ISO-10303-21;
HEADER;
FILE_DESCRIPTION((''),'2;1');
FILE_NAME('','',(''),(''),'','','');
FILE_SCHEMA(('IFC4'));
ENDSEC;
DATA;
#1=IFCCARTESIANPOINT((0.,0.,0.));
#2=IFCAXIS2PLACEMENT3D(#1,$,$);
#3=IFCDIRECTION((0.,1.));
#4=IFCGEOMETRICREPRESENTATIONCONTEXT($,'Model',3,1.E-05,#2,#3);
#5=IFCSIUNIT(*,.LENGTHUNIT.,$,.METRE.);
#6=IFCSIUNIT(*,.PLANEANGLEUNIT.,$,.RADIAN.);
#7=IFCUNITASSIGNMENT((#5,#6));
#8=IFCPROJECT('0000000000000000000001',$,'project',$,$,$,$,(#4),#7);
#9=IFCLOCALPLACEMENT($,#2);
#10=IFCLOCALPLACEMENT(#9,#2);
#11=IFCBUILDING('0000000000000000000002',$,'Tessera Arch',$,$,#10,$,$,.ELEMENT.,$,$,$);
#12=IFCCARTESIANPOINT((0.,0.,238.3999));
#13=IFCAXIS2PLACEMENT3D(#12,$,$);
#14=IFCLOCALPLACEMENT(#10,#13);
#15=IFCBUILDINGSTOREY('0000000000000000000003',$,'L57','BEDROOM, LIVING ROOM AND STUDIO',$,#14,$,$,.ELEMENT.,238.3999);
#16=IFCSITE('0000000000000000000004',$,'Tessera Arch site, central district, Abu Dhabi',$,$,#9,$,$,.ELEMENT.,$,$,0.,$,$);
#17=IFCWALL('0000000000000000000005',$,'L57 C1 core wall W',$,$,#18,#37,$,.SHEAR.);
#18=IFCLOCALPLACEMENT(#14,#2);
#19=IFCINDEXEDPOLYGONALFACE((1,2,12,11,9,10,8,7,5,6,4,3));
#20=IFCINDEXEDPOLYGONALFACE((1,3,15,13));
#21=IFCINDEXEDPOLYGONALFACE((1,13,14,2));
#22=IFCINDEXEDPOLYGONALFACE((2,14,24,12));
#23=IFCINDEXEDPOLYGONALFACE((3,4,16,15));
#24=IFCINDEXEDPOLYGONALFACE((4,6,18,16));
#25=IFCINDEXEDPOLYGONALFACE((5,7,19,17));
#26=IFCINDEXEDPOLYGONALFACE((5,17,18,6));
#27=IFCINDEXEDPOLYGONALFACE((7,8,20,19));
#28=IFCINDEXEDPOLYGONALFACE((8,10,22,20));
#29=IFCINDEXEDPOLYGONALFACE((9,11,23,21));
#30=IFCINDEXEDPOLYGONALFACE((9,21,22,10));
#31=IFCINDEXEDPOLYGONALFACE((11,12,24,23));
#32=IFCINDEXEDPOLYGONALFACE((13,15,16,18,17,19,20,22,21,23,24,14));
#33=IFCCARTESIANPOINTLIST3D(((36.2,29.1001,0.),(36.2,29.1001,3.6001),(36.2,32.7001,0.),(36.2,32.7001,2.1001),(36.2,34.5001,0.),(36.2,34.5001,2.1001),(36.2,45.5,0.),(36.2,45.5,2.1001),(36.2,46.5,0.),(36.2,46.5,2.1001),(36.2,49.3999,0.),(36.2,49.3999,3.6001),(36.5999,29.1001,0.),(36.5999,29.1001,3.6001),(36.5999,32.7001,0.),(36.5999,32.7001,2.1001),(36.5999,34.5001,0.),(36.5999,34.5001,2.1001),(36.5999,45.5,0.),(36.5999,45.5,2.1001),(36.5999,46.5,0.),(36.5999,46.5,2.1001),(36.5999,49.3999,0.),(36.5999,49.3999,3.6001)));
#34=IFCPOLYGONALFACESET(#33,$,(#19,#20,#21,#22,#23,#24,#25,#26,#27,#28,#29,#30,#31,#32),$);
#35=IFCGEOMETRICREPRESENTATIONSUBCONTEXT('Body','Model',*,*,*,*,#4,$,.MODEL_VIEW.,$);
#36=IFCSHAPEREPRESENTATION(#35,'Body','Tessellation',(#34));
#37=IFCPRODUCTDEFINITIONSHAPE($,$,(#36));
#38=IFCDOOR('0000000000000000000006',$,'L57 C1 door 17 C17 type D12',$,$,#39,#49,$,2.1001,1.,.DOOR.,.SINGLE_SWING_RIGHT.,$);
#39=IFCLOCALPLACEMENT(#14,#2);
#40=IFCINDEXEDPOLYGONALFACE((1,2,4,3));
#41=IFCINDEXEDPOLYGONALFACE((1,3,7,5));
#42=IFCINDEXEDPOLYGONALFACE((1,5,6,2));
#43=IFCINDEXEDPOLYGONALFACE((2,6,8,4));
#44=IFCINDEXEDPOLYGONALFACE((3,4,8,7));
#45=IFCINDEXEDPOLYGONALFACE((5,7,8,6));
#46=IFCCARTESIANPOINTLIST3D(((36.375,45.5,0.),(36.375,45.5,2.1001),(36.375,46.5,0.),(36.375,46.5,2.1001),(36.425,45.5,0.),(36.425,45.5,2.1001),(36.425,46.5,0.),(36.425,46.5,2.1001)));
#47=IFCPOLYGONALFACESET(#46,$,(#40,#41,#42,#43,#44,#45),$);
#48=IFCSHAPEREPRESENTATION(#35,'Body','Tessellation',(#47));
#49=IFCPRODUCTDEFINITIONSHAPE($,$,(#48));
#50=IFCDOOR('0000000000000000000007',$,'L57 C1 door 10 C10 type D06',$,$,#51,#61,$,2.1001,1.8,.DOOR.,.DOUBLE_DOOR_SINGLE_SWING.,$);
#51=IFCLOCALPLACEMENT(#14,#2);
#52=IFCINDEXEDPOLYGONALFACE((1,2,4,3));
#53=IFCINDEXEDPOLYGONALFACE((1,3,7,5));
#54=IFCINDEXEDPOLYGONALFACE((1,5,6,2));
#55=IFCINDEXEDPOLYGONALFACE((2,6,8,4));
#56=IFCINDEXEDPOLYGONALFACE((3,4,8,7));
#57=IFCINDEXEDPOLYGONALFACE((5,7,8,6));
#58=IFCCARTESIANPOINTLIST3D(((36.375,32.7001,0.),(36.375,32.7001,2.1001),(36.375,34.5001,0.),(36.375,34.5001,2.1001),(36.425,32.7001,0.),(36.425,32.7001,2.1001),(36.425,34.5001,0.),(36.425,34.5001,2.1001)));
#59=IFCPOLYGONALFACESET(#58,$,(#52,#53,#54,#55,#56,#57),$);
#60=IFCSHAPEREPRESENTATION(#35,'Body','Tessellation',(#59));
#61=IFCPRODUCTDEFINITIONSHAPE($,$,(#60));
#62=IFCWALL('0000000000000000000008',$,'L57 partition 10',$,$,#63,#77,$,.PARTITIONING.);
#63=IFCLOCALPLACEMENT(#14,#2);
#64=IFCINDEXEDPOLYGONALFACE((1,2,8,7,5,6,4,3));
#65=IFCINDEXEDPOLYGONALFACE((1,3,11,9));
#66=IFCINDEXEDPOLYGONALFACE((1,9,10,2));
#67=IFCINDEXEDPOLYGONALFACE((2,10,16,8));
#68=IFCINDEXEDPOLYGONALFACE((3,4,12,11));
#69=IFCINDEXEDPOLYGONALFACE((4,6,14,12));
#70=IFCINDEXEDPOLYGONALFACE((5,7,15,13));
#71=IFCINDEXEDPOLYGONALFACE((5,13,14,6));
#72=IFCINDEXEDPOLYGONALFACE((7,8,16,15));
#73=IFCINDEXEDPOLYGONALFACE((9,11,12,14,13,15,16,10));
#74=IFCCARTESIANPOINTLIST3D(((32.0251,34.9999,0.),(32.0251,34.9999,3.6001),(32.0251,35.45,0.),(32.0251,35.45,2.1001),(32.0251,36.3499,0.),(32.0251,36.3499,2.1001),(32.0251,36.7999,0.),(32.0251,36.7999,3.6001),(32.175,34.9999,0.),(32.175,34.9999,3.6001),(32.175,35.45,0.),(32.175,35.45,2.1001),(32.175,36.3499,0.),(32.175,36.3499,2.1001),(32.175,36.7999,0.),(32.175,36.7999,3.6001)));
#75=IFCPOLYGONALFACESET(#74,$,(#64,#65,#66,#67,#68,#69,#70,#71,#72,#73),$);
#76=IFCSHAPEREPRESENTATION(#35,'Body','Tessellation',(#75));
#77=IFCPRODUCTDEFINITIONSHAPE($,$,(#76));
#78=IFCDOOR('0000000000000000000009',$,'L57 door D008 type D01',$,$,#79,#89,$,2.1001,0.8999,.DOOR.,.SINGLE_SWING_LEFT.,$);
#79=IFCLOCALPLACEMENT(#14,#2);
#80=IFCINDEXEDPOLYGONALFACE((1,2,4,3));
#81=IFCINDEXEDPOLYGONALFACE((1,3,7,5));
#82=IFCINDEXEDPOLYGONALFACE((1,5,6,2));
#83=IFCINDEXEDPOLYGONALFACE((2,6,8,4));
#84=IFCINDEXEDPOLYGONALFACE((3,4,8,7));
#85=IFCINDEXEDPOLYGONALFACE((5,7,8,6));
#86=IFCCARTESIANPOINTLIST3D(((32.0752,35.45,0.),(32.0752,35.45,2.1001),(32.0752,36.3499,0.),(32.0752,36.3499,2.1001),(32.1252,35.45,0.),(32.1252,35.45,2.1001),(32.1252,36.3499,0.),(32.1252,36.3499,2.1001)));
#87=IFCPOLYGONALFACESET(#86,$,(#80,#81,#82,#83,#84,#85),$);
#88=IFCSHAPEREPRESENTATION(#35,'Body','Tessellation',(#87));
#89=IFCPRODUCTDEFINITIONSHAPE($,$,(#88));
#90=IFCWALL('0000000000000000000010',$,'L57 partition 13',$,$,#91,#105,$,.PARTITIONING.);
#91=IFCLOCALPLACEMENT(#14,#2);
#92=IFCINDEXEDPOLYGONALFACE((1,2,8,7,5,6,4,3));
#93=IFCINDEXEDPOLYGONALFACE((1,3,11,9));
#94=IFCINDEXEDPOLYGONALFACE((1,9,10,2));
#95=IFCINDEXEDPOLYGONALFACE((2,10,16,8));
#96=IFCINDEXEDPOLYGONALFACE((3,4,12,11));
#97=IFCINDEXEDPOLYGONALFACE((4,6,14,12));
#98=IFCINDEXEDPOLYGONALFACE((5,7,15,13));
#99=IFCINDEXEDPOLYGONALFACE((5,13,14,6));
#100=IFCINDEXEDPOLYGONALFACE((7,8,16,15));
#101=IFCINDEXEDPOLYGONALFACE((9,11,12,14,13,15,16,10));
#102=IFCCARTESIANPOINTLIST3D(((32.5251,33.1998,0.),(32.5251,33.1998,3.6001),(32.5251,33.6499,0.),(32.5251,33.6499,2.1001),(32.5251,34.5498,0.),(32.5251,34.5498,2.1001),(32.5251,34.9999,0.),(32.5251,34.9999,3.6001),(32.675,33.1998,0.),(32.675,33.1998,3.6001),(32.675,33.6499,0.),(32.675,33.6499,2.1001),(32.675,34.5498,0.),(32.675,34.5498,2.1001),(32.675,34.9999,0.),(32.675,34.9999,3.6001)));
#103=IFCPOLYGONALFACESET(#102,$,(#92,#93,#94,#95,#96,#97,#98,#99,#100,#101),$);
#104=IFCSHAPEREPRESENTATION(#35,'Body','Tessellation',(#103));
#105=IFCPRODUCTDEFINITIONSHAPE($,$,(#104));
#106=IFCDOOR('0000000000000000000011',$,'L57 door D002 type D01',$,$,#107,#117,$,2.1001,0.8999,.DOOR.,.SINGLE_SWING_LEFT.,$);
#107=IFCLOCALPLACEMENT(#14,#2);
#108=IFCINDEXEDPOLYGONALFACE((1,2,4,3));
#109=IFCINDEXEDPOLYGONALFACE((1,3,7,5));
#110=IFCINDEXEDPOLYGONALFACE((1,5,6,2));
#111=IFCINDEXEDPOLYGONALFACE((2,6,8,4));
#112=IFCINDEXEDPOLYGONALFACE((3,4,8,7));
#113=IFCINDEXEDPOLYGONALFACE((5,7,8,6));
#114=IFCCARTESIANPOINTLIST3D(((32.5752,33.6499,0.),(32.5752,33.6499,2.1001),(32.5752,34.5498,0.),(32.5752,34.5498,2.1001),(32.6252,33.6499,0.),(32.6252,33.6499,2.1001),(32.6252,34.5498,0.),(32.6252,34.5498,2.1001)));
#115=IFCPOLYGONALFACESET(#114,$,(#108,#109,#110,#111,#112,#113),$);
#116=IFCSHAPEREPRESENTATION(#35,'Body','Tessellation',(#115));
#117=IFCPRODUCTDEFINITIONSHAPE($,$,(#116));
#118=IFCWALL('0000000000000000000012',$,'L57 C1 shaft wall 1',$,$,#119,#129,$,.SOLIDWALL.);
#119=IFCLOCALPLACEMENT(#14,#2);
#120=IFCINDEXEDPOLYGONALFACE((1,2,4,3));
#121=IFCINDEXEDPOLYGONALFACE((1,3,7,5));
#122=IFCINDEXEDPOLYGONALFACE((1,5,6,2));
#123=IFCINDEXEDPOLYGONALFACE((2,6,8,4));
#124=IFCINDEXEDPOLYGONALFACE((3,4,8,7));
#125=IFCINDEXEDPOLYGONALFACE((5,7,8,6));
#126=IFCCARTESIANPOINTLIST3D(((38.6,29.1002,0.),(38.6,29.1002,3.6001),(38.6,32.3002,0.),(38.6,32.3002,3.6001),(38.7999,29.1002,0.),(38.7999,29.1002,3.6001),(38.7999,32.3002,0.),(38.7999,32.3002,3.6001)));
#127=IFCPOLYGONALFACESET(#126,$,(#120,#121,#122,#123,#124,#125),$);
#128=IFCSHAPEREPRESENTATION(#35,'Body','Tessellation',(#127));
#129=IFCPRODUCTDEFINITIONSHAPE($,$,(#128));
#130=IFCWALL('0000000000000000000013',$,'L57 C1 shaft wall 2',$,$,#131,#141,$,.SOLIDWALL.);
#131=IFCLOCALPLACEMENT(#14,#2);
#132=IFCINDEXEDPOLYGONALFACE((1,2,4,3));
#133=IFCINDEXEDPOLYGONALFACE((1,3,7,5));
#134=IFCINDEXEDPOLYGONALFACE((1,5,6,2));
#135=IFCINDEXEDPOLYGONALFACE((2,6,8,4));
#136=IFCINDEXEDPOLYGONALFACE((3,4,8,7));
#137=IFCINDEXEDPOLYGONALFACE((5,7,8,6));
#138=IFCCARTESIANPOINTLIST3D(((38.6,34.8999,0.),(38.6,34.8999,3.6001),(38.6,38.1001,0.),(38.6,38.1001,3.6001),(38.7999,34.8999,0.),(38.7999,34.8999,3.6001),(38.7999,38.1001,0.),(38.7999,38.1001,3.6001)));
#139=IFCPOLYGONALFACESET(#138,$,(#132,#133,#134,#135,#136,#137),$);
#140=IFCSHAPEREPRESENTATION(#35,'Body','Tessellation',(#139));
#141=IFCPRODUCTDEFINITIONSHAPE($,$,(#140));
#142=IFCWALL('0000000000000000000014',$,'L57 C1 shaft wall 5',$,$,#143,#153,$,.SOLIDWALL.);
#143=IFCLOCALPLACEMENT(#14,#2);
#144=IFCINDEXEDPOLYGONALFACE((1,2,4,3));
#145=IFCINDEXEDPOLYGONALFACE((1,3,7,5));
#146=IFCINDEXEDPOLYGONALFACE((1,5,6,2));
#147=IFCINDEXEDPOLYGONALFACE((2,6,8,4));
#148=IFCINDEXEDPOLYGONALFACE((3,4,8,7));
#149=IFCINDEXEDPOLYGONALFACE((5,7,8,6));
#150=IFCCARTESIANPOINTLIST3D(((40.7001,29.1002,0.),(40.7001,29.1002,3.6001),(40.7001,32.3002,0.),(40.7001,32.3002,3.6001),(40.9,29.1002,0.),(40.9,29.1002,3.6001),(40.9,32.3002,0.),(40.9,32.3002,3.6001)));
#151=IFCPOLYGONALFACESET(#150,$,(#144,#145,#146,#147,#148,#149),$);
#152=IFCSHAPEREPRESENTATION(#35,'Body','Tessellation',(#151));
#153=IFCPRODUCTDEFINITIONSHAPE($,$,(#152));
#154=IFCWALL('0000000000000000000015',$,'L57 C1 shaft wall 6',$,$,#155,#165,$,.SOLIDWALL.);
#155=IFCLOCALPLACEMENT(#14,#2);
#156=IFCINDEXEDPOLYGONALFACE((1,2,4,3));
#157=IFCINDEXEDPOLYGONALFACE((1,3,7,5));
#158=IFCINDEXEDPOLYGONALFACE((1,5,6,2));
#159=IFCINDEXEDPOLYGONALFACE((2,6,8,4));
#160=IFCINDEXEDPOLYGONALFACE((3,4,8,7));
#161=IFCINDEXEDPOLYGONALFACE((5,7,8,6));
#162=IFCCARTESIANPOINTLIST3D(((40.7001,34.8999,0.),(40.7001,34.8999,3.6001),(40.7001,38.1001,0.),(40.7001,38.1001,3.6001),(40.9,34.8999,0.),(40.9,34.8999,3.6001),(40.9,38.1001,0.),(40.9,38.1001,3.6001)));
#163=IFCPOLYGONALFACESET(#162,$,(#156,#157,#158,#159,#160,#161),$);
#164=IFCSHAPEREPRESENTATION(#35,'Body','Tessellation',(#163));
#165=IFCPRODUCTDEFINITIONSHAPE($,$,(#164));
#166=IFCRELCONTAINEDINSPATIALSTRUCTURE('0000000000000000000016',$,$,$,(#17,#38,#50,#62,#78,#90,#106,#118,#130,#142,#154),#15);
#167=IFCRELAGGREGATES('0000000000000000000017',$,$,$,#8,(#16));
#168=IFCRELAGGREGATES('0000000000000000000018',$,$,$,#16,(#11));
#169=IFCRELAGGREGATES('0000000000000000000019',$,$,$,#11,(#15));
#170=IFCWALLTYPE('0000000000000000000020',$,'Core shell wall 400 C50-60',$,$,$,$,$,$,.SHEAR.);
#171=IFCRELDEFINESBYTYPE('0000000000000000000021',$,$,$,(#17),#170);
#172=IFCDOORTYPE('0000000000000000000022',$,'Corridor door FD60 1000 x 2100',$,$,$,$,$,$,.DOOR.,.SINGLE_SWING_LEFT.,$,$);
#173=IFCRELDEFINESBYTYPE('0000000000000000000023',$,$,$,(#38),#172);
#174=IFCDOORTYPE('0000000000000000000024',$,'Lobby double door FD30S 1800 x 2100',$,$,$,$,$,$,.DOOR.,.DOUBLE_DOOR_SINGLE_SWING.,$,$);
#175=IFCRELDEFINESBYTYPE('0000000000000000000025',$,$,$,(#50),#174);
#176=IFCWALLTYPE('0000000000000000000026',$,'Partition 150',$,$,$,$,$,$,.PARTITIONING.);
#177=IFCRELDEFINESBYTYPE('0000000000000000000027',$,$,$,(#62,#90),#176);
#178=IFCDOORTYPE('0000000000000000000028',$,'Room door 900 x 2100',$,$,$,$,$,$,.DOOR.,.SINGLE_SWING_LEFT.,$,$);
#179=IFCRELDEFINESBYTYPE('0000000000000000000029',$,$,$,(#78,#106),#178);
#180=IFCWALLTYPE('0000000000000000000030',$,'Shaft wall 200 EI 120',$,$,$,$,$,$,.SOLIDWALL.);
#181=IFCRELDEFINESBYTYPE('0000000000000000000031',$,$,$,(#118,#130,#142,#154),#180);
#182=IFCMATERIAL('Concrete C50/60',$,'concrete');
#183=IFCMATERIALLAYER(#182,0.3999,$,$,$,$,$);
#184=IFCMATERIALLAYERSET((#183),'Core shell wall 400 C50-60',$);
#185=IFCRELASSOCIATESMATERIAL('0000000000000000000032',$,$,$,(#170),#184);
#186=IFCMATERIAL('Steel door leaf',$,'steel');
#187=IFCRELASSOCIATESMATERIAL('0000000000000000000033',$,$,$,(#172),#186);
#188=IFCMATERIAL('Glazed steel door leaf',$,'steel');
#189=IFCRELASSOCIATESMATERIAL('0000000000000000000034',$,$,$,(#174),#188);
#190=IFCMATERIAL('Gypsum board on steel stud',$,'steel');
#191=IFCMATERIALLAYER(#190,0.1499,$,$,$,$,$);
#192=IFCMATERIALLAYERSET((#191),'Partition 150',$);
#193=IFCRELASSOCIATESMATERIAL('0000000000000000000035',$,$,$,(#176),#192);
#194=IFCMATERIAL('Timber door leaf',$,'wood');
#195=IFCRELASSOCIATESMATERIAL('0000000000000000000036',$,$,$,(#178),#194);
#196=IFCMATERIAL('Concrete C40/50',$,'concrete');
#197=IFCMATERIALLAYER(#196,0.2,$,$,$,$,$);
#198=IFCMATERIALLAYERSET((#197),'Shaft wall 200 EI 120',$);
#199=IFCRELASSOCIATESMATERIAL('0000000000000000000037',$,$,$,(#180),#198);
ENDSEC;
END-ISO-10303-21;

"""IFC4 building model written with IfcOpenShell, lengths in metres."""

from ifc_helpers import new_model, si_unit, direction, frame, frame_2d, origin, place, context, subcontext, project, spatial, rectangle, extrude, material, layer, layer_set, type_object, element, fill, save


model = new_model("IFC4")

# Units and contexts
model_context = context("Model", 3, precision=1e-05, world=origin(), true_north=direction((0.0, 1.0)))
body_context = subcontext(model_context, "Body", "Model", "MODEL_VIEW")
ifc_project = project(units=[si_unit("LENGTHUNIT", "METRE"), si_unit("PLANEANGLEUNIT", "RADIAN")], contexts=[model_context])

# Site, building, storey
site_placement = place(None, origin())
site = spatial("IfcSite", under=ifc_project, at=site_placement, Name="Tessera Arch site, central district, Abu Dhabi", CompositionType="ELEMENT", RefElevation=0.0)
building_placement = place(site_placement, origin())
building = spatial("IfcBuilding", under=site, at=building_placement, Name="Tessera Arch", CompositionType="ELEMENT")
storey_placement = place(building_placement, frame((0.0, 0.0, 238.3999)))
storey = spatial("IfcBuildingStorey", under=building, at=storey_placement, Name="L57", Description="BEDROOM, LIVING ROOM AND STUDIO", CompositionType="ELEMENT", Elevation=238.3999)

# Wall, openings, doors
ifc_material_1 = material(Name="Concrete C50/60", Category="concrete")
ifc_layer_1 = layer(ifc_material_1, 0.3999)
ifc_layer_set_1 = layer_set([ifc_layer_1], Name="Core shell wall 400 C50-60")
wall_type_1 = type_object("IfcWallType", Name="Core shell wall 400 C50-60", PredefinedType="SHEAR", material=ifc_layer_set_1)
wall_1_placement = place(storey_placement, frame((36.3999, 29.1001, 0.0), z_axis=(0.0, 0.0, 1.0), x_axis=(0.0, 1.0, 0.0)))
wall_1 = element("IfcWall", 1, at=wall_1_placement, inside=storey, type_object=wall_type_1, Name="L57 C1 core wall W", PredefinedType="SHEAR", context=body_context, shape_type="SweptSolid", body=[
    extrude(rectangle(XDim=20.2998, YDim=0.3999, at=frame_2d((10.1499, 0.0))), origin(), (0.0, 0.0, 1.0), 3.6001),
])
opening_1_placement = place(wall_1_placement, frame((3.6001, 0.0, 0.0)))
opening_1 = element("IfcOpeningElement", 2, at=opening_1_placement, cuts=wall_1, PredefinedType="OPENING", context=body_context, shape_type="SweptSolid", body=[
    extrude(rectangle(XDim=1.8, YDim=2.1001, at=frame_2d((0.8999, 1.05))), frame((0.0, 0.21, 0.0), z_axis=(0.0, -1.0, 0.0), x_axis=(1.0, 0.0, 0.0)), (0.0, 0.0, 1.0), 0.4199),
])
opening_2_placement = place(wall_1_placement, frame((16.3999, 0.0, 0.0)))
opening_2 = element("IfcOpeningElement", 3, at=opening_2_placement, cuts=wall_1, PredefinedType="OPENING", context=body_context, shape_type="SweptSolid", body=[
    extrude(rectangle(XDim=1.0, YDim=2.1001, at=frame_2d((0.5, 1.05))), frame((0.0, 0.21, 0.0), z_axis=(0.0, -1.0, 0.0), x_axis=(1.0, 0.0, 0.0)), (0.0, 0.0, 1.0), 0.4199),
])
ifc_material_2 = material(Name="Steel door leaf", Category="steel")
door_type_1 = type_object("IfcDoorType", Name="Corridor door FD60 1000 x 2100", OperationType="SINGLE_SWING_LEFT", PredefinedType="DOOR", material=ifc_material_2)
door_1_placement = place(opening_2_placement, origin())
door_1 = element("IfcDoor", 4, at=door_1_placement, inside=storey, type_object=door_type_1, Name="L57 C1 door 17 C17 type D12", OperationType="SINGLE_SWING_RIGHT", OverallHeight=2.1001, OverallWidth=1.0, PredefinedType="DOOR", context=body_context, shape_type="SweptSolid", body=[
    extrude(rectangle(XDim=1.0, YDim=2.1001, at=frame_2d((0.5, 1.05))), frame((0.0, 0.0249, 0.0), z_axis=(0.0, -1.0, 0.0), x_axis=(1.0, 0.0, 0.0)), (0.0, 0.0, 1.0), 0.05),
])
fill(opening_2, door_1)
ifc_material_3 = material(Name="Glazed steel door leaf", Category="steel")
door_type_2 = type_object("IfcDoorType", Name="Lobby double door FD30S 1800 x 2100", OperationType="DOUBLE_DOOR_SINGLE_SWING", PredefinedType="DOOR", material=ifc_material_3)
door_2_placement = place(opening_1_placement, origin())
door_2 = element("IfcDoor", 5, at=door_2_placement, inside=storey, type_object=door_type_2, Name="L57 C1 door 10 C10 type D06", OperationType="DOUBLE_DOOR_SINGLE_SWING", OverallHeight=2.1001, OverallWidth=1.8, PredefinedType="DOOR", context=body_context, shape_type="SweptSolid", body=[
    extrude(rectangle(XDim=1.8, YDim=2.1001, at=frame_2d((0.8999, 1.05))), frame((0.0, 0.0249, 0.0), z_axis=(0.0, -1.0, 0.0), x_axis=(1.0, 0.0, 0.0)), (0.0, 0.0, 1.0), 0.05),
])
fill(opening_1, door_2)

# Walls, openings, doors
ifc_material_4 = material(Name="Gypsum board on steel stud", Category="steel")
ifc_layer_2 = layer(ifc_material_4, 0.1499)
ifc_layer_set_2 = layer_set([ifc_layer_2], Name="Partition 150")
wall_type_2 = type_object("IfcWallType", Name="Partition 150", PredefinedType="PARTITIONING", material=ifc_layer_set_2)
wall_2_placement = place(storey_placement, frame((32.1001, 35.0, 0.0), z_axis=(0.0, 0.0, 1.0), x_axis=(0.0, 1.0, 0.0)))
wall_2 = element("IfcWall", 6, at=wall_2_placement, inside=storey, type_object=wall_type_2, Name="L57 partition 10", PredefinedType="PARTITIONING", context=body_context, shape_type="SweptSolid", body=[
    extrude(rectangle(XDim=1.8, YDim=0.1499, at=frame_2d((0.8999, 0.0))), origin(), (0.0, 0.0, 1.0), 3.6001),
])
opening_3_placement = place(wall_2_placement, frame((0.45, 0.0, 0.0)))
opening_3 = element("IfcOpeningElement", 7, at=opening_3_placement, cuts=wall_2, PredefinedType="OPENING", context=body_context, shape_type="SweptSolid", body=[
    extrude(rectangle(XDim=0.8999, YDim=2.1001, at=frame_2d((0.45, 1.05))), frame((0.0, 0.085, 0.0), z_axis=(0.0, -1.0, 0.0), x_axis=(1.0, 0.0, 0.0)), (0.0, 0.0, 1.0), 0.1699),
])
ifc_material_5 = material(Name="Timber door leaf", Category="wood")
door_type_3 = type_object("IfcDoorType", Name="Room door 900 x 2100", OperationType="SINGLE_SWING_LEFT", PredefinedType="DOOR", material=ifc_material_5)
door_3_placement = place(opening_3_placement, origin())
door_3 = element("IfcDoor", 8, at=door_3_placement, inside=storey, type_object=door_type_3, Name="L57 door D008 type D01", OperationType="SINGLE_SWING_LEFT", OverallHeight=2.1001, OverallWidth=0.8999, PredefinedType="DOOR", context=body_context, shape_type="SweptSolid", body=[
    extrude(rectangle(XDim=0.8999, YDim=2.1001, at=frame_2d((0.45, 1.05))), frame((0.0, 0.0249, 0.0), z_axis=(0.0, -1.0, 0.0), x_axis=(1.0, 0.0, 0.0)), (0.0, 0.0, 1.0), 0.05),
])
fill(opening_3, door_3)
wall_3_placement = place(storey_placement, frame((32.6001, 33.2, 0.0), z_axis=(0.0, 0.0, 1.0), x_axis=(0.0, 1.0, 0.0)))
wall_3 = element("IfcWall", 9, at=wall_3_placement, inside=storey, type_object=wall_type_2, Name="L57 partition 13", PredefinedType="PARTITIONING", context=body_context, shape_type="SweptSolid", body=[
    extrude(rectangle(XDim=1.8, YDim=0.1499, at=frame_2d((0.8999, 0.0))), origin(), (0.0, 0.0, 1.0), 3.6001),
])
opening_4_placement = place(wall_3_placement, frame((0.45, 0.0, 0.0)))
opening_4 = element("IfcOpeningElement", 10, at=opening_4_placement, cuts=wall_3, PredefinedType="OPENING", context=body_context, shape_type="SweptSolid", body=[
    extrude(rectangle(XDim=0.8999, YDim=2.1001, at=frame_2d((0.45, 1.05))), frame((0.0, 0.085, 0.0), z_axis=(0.0, -1.0, 0.0), x_axis=(1.0, 0.0, 0.0)), (0.0, 0.0, 1.0), 0.1699),
])
door_4_placement = place(opening_4_placement, origin())
door_4 = element("IfcDoor", 11, at=door_4_placement, inside=storey, type_object=door_type_3, Name="L57 door D002 type D01", OperationType="SINGLE_SWING_LEFT", OverallHeight=2.1001, OverallWidth=0.8999, PredefinedType="DOOR", context=body_context, shape_type="SweptSolid", body=[
    extrude(rectangle(XDim=0.8999, YDim=2.1001, at=frame_2d((0.45, 1.05))), frame((0.0, 0.0249, 0.0), z_axis=(0.0, -1.0, 0.0), x_axis=(1.0, 0.0, 0.0)), (0.0, 0.0, 1.0), 0.05),
])
fill(opening_4, door_4)

# Walls
ifc_material_6 = material(Name="Concrete C40/50", Category="concrete")
ifc_layer_3 = layer(ifc_material_6, 0.2)
ifc_layer_set_3 = layer_set([ifc_layer_3], Name="Shaft wall 200 EI 120")
wall_type_3 = type_object("IfcWallType", Name="Shaft wall 200 EI 120", PredefinedType="SOLIDWALL", material=ifc_layer_set_3)
wall_4_placement = place(storey_placement, frame((38.7, 29.1001, 0.0), z_axis=(0.0, 0.0, 1.0), x_axis=(0.0, 1.0, 0.0)))
element("IfcWall", 12, at=wall_4_placement, inside=storey, type_object=wall_type_3, Name="L57 C1 shaft wall 1", PredefinedType="SOLIDWALL", context=body_context, shape_type="SweptSolid", body=[
    extrude(rectangle(XDim=3.2, YDim=0.2, at=frame_2d((1.6001, 0.0))), origin(), (0.0, 0.0, 1.0), 3.6001),
])
wall_5_placement = place(storey_placement, frame((38.7, 34.8999, 0.0), z_axis=(0.0, 0.0, 1.0), x_axis=(0.0, 1.0, 0.0)))
element("IfcWall", 13, at=wall_5_placement, inside=storey, type_object=wall_type_3, Name="L57 C1 shaft wall 2", PredefinedType="SOLIDWALL", context=body_context, shape_type="SweptSolid", body=[
    extrude(rectangle(XDim=3.2002, YDim=0.2, at=frame_2d((1.6001, 0.0))), origin(), (0.0, 0.0, 1.0), 3.6001),
])
wall_6_placement = place(storey_placement, frame((40.8, 29.1001, 0.0), z_axis=(0.0, 0.0, 1.0), x_axis=(0.0, 1.0, 0.0)))
element("IfcWall", 14, at=wall_6_placement, inside=storey, type_object=wall_type_3, Name="L57 C1 shaft wall 5", PredefinedType="SOLIDWALL", context=body_context, shape_type="SweptSolid", body=[
    extrude(rectangle(XDim=3.2, YDim=0.2, at=frame_2d((1.6001, 0.0))), origin(), (0.0, 0.0, 1.0), 3.6001),
])
wall_7_placement = place(storey_placement, frame((40.8, 34.8999, 0.0), z_axis=(0.0, 0.0, 1.0), x_axis=(0.0, 1.0, 0.0)))
element("IfcWall", 15, at=wall_7_placement, inside=storey, type_object=wall_type_3, Name="L57 C1 shaft wall 6", PredefinedType="SOLIDWALL", context=body_context, shape_type="SweptSolid", body=[
    extrude(rectangle(XDim=3.2002, YDim=0.2, at=frame_2d((1.6001, 0.0))), origin(), (0.0, 0.0, 1.0), 3.6001),
])

save(model, "model.ifc")
